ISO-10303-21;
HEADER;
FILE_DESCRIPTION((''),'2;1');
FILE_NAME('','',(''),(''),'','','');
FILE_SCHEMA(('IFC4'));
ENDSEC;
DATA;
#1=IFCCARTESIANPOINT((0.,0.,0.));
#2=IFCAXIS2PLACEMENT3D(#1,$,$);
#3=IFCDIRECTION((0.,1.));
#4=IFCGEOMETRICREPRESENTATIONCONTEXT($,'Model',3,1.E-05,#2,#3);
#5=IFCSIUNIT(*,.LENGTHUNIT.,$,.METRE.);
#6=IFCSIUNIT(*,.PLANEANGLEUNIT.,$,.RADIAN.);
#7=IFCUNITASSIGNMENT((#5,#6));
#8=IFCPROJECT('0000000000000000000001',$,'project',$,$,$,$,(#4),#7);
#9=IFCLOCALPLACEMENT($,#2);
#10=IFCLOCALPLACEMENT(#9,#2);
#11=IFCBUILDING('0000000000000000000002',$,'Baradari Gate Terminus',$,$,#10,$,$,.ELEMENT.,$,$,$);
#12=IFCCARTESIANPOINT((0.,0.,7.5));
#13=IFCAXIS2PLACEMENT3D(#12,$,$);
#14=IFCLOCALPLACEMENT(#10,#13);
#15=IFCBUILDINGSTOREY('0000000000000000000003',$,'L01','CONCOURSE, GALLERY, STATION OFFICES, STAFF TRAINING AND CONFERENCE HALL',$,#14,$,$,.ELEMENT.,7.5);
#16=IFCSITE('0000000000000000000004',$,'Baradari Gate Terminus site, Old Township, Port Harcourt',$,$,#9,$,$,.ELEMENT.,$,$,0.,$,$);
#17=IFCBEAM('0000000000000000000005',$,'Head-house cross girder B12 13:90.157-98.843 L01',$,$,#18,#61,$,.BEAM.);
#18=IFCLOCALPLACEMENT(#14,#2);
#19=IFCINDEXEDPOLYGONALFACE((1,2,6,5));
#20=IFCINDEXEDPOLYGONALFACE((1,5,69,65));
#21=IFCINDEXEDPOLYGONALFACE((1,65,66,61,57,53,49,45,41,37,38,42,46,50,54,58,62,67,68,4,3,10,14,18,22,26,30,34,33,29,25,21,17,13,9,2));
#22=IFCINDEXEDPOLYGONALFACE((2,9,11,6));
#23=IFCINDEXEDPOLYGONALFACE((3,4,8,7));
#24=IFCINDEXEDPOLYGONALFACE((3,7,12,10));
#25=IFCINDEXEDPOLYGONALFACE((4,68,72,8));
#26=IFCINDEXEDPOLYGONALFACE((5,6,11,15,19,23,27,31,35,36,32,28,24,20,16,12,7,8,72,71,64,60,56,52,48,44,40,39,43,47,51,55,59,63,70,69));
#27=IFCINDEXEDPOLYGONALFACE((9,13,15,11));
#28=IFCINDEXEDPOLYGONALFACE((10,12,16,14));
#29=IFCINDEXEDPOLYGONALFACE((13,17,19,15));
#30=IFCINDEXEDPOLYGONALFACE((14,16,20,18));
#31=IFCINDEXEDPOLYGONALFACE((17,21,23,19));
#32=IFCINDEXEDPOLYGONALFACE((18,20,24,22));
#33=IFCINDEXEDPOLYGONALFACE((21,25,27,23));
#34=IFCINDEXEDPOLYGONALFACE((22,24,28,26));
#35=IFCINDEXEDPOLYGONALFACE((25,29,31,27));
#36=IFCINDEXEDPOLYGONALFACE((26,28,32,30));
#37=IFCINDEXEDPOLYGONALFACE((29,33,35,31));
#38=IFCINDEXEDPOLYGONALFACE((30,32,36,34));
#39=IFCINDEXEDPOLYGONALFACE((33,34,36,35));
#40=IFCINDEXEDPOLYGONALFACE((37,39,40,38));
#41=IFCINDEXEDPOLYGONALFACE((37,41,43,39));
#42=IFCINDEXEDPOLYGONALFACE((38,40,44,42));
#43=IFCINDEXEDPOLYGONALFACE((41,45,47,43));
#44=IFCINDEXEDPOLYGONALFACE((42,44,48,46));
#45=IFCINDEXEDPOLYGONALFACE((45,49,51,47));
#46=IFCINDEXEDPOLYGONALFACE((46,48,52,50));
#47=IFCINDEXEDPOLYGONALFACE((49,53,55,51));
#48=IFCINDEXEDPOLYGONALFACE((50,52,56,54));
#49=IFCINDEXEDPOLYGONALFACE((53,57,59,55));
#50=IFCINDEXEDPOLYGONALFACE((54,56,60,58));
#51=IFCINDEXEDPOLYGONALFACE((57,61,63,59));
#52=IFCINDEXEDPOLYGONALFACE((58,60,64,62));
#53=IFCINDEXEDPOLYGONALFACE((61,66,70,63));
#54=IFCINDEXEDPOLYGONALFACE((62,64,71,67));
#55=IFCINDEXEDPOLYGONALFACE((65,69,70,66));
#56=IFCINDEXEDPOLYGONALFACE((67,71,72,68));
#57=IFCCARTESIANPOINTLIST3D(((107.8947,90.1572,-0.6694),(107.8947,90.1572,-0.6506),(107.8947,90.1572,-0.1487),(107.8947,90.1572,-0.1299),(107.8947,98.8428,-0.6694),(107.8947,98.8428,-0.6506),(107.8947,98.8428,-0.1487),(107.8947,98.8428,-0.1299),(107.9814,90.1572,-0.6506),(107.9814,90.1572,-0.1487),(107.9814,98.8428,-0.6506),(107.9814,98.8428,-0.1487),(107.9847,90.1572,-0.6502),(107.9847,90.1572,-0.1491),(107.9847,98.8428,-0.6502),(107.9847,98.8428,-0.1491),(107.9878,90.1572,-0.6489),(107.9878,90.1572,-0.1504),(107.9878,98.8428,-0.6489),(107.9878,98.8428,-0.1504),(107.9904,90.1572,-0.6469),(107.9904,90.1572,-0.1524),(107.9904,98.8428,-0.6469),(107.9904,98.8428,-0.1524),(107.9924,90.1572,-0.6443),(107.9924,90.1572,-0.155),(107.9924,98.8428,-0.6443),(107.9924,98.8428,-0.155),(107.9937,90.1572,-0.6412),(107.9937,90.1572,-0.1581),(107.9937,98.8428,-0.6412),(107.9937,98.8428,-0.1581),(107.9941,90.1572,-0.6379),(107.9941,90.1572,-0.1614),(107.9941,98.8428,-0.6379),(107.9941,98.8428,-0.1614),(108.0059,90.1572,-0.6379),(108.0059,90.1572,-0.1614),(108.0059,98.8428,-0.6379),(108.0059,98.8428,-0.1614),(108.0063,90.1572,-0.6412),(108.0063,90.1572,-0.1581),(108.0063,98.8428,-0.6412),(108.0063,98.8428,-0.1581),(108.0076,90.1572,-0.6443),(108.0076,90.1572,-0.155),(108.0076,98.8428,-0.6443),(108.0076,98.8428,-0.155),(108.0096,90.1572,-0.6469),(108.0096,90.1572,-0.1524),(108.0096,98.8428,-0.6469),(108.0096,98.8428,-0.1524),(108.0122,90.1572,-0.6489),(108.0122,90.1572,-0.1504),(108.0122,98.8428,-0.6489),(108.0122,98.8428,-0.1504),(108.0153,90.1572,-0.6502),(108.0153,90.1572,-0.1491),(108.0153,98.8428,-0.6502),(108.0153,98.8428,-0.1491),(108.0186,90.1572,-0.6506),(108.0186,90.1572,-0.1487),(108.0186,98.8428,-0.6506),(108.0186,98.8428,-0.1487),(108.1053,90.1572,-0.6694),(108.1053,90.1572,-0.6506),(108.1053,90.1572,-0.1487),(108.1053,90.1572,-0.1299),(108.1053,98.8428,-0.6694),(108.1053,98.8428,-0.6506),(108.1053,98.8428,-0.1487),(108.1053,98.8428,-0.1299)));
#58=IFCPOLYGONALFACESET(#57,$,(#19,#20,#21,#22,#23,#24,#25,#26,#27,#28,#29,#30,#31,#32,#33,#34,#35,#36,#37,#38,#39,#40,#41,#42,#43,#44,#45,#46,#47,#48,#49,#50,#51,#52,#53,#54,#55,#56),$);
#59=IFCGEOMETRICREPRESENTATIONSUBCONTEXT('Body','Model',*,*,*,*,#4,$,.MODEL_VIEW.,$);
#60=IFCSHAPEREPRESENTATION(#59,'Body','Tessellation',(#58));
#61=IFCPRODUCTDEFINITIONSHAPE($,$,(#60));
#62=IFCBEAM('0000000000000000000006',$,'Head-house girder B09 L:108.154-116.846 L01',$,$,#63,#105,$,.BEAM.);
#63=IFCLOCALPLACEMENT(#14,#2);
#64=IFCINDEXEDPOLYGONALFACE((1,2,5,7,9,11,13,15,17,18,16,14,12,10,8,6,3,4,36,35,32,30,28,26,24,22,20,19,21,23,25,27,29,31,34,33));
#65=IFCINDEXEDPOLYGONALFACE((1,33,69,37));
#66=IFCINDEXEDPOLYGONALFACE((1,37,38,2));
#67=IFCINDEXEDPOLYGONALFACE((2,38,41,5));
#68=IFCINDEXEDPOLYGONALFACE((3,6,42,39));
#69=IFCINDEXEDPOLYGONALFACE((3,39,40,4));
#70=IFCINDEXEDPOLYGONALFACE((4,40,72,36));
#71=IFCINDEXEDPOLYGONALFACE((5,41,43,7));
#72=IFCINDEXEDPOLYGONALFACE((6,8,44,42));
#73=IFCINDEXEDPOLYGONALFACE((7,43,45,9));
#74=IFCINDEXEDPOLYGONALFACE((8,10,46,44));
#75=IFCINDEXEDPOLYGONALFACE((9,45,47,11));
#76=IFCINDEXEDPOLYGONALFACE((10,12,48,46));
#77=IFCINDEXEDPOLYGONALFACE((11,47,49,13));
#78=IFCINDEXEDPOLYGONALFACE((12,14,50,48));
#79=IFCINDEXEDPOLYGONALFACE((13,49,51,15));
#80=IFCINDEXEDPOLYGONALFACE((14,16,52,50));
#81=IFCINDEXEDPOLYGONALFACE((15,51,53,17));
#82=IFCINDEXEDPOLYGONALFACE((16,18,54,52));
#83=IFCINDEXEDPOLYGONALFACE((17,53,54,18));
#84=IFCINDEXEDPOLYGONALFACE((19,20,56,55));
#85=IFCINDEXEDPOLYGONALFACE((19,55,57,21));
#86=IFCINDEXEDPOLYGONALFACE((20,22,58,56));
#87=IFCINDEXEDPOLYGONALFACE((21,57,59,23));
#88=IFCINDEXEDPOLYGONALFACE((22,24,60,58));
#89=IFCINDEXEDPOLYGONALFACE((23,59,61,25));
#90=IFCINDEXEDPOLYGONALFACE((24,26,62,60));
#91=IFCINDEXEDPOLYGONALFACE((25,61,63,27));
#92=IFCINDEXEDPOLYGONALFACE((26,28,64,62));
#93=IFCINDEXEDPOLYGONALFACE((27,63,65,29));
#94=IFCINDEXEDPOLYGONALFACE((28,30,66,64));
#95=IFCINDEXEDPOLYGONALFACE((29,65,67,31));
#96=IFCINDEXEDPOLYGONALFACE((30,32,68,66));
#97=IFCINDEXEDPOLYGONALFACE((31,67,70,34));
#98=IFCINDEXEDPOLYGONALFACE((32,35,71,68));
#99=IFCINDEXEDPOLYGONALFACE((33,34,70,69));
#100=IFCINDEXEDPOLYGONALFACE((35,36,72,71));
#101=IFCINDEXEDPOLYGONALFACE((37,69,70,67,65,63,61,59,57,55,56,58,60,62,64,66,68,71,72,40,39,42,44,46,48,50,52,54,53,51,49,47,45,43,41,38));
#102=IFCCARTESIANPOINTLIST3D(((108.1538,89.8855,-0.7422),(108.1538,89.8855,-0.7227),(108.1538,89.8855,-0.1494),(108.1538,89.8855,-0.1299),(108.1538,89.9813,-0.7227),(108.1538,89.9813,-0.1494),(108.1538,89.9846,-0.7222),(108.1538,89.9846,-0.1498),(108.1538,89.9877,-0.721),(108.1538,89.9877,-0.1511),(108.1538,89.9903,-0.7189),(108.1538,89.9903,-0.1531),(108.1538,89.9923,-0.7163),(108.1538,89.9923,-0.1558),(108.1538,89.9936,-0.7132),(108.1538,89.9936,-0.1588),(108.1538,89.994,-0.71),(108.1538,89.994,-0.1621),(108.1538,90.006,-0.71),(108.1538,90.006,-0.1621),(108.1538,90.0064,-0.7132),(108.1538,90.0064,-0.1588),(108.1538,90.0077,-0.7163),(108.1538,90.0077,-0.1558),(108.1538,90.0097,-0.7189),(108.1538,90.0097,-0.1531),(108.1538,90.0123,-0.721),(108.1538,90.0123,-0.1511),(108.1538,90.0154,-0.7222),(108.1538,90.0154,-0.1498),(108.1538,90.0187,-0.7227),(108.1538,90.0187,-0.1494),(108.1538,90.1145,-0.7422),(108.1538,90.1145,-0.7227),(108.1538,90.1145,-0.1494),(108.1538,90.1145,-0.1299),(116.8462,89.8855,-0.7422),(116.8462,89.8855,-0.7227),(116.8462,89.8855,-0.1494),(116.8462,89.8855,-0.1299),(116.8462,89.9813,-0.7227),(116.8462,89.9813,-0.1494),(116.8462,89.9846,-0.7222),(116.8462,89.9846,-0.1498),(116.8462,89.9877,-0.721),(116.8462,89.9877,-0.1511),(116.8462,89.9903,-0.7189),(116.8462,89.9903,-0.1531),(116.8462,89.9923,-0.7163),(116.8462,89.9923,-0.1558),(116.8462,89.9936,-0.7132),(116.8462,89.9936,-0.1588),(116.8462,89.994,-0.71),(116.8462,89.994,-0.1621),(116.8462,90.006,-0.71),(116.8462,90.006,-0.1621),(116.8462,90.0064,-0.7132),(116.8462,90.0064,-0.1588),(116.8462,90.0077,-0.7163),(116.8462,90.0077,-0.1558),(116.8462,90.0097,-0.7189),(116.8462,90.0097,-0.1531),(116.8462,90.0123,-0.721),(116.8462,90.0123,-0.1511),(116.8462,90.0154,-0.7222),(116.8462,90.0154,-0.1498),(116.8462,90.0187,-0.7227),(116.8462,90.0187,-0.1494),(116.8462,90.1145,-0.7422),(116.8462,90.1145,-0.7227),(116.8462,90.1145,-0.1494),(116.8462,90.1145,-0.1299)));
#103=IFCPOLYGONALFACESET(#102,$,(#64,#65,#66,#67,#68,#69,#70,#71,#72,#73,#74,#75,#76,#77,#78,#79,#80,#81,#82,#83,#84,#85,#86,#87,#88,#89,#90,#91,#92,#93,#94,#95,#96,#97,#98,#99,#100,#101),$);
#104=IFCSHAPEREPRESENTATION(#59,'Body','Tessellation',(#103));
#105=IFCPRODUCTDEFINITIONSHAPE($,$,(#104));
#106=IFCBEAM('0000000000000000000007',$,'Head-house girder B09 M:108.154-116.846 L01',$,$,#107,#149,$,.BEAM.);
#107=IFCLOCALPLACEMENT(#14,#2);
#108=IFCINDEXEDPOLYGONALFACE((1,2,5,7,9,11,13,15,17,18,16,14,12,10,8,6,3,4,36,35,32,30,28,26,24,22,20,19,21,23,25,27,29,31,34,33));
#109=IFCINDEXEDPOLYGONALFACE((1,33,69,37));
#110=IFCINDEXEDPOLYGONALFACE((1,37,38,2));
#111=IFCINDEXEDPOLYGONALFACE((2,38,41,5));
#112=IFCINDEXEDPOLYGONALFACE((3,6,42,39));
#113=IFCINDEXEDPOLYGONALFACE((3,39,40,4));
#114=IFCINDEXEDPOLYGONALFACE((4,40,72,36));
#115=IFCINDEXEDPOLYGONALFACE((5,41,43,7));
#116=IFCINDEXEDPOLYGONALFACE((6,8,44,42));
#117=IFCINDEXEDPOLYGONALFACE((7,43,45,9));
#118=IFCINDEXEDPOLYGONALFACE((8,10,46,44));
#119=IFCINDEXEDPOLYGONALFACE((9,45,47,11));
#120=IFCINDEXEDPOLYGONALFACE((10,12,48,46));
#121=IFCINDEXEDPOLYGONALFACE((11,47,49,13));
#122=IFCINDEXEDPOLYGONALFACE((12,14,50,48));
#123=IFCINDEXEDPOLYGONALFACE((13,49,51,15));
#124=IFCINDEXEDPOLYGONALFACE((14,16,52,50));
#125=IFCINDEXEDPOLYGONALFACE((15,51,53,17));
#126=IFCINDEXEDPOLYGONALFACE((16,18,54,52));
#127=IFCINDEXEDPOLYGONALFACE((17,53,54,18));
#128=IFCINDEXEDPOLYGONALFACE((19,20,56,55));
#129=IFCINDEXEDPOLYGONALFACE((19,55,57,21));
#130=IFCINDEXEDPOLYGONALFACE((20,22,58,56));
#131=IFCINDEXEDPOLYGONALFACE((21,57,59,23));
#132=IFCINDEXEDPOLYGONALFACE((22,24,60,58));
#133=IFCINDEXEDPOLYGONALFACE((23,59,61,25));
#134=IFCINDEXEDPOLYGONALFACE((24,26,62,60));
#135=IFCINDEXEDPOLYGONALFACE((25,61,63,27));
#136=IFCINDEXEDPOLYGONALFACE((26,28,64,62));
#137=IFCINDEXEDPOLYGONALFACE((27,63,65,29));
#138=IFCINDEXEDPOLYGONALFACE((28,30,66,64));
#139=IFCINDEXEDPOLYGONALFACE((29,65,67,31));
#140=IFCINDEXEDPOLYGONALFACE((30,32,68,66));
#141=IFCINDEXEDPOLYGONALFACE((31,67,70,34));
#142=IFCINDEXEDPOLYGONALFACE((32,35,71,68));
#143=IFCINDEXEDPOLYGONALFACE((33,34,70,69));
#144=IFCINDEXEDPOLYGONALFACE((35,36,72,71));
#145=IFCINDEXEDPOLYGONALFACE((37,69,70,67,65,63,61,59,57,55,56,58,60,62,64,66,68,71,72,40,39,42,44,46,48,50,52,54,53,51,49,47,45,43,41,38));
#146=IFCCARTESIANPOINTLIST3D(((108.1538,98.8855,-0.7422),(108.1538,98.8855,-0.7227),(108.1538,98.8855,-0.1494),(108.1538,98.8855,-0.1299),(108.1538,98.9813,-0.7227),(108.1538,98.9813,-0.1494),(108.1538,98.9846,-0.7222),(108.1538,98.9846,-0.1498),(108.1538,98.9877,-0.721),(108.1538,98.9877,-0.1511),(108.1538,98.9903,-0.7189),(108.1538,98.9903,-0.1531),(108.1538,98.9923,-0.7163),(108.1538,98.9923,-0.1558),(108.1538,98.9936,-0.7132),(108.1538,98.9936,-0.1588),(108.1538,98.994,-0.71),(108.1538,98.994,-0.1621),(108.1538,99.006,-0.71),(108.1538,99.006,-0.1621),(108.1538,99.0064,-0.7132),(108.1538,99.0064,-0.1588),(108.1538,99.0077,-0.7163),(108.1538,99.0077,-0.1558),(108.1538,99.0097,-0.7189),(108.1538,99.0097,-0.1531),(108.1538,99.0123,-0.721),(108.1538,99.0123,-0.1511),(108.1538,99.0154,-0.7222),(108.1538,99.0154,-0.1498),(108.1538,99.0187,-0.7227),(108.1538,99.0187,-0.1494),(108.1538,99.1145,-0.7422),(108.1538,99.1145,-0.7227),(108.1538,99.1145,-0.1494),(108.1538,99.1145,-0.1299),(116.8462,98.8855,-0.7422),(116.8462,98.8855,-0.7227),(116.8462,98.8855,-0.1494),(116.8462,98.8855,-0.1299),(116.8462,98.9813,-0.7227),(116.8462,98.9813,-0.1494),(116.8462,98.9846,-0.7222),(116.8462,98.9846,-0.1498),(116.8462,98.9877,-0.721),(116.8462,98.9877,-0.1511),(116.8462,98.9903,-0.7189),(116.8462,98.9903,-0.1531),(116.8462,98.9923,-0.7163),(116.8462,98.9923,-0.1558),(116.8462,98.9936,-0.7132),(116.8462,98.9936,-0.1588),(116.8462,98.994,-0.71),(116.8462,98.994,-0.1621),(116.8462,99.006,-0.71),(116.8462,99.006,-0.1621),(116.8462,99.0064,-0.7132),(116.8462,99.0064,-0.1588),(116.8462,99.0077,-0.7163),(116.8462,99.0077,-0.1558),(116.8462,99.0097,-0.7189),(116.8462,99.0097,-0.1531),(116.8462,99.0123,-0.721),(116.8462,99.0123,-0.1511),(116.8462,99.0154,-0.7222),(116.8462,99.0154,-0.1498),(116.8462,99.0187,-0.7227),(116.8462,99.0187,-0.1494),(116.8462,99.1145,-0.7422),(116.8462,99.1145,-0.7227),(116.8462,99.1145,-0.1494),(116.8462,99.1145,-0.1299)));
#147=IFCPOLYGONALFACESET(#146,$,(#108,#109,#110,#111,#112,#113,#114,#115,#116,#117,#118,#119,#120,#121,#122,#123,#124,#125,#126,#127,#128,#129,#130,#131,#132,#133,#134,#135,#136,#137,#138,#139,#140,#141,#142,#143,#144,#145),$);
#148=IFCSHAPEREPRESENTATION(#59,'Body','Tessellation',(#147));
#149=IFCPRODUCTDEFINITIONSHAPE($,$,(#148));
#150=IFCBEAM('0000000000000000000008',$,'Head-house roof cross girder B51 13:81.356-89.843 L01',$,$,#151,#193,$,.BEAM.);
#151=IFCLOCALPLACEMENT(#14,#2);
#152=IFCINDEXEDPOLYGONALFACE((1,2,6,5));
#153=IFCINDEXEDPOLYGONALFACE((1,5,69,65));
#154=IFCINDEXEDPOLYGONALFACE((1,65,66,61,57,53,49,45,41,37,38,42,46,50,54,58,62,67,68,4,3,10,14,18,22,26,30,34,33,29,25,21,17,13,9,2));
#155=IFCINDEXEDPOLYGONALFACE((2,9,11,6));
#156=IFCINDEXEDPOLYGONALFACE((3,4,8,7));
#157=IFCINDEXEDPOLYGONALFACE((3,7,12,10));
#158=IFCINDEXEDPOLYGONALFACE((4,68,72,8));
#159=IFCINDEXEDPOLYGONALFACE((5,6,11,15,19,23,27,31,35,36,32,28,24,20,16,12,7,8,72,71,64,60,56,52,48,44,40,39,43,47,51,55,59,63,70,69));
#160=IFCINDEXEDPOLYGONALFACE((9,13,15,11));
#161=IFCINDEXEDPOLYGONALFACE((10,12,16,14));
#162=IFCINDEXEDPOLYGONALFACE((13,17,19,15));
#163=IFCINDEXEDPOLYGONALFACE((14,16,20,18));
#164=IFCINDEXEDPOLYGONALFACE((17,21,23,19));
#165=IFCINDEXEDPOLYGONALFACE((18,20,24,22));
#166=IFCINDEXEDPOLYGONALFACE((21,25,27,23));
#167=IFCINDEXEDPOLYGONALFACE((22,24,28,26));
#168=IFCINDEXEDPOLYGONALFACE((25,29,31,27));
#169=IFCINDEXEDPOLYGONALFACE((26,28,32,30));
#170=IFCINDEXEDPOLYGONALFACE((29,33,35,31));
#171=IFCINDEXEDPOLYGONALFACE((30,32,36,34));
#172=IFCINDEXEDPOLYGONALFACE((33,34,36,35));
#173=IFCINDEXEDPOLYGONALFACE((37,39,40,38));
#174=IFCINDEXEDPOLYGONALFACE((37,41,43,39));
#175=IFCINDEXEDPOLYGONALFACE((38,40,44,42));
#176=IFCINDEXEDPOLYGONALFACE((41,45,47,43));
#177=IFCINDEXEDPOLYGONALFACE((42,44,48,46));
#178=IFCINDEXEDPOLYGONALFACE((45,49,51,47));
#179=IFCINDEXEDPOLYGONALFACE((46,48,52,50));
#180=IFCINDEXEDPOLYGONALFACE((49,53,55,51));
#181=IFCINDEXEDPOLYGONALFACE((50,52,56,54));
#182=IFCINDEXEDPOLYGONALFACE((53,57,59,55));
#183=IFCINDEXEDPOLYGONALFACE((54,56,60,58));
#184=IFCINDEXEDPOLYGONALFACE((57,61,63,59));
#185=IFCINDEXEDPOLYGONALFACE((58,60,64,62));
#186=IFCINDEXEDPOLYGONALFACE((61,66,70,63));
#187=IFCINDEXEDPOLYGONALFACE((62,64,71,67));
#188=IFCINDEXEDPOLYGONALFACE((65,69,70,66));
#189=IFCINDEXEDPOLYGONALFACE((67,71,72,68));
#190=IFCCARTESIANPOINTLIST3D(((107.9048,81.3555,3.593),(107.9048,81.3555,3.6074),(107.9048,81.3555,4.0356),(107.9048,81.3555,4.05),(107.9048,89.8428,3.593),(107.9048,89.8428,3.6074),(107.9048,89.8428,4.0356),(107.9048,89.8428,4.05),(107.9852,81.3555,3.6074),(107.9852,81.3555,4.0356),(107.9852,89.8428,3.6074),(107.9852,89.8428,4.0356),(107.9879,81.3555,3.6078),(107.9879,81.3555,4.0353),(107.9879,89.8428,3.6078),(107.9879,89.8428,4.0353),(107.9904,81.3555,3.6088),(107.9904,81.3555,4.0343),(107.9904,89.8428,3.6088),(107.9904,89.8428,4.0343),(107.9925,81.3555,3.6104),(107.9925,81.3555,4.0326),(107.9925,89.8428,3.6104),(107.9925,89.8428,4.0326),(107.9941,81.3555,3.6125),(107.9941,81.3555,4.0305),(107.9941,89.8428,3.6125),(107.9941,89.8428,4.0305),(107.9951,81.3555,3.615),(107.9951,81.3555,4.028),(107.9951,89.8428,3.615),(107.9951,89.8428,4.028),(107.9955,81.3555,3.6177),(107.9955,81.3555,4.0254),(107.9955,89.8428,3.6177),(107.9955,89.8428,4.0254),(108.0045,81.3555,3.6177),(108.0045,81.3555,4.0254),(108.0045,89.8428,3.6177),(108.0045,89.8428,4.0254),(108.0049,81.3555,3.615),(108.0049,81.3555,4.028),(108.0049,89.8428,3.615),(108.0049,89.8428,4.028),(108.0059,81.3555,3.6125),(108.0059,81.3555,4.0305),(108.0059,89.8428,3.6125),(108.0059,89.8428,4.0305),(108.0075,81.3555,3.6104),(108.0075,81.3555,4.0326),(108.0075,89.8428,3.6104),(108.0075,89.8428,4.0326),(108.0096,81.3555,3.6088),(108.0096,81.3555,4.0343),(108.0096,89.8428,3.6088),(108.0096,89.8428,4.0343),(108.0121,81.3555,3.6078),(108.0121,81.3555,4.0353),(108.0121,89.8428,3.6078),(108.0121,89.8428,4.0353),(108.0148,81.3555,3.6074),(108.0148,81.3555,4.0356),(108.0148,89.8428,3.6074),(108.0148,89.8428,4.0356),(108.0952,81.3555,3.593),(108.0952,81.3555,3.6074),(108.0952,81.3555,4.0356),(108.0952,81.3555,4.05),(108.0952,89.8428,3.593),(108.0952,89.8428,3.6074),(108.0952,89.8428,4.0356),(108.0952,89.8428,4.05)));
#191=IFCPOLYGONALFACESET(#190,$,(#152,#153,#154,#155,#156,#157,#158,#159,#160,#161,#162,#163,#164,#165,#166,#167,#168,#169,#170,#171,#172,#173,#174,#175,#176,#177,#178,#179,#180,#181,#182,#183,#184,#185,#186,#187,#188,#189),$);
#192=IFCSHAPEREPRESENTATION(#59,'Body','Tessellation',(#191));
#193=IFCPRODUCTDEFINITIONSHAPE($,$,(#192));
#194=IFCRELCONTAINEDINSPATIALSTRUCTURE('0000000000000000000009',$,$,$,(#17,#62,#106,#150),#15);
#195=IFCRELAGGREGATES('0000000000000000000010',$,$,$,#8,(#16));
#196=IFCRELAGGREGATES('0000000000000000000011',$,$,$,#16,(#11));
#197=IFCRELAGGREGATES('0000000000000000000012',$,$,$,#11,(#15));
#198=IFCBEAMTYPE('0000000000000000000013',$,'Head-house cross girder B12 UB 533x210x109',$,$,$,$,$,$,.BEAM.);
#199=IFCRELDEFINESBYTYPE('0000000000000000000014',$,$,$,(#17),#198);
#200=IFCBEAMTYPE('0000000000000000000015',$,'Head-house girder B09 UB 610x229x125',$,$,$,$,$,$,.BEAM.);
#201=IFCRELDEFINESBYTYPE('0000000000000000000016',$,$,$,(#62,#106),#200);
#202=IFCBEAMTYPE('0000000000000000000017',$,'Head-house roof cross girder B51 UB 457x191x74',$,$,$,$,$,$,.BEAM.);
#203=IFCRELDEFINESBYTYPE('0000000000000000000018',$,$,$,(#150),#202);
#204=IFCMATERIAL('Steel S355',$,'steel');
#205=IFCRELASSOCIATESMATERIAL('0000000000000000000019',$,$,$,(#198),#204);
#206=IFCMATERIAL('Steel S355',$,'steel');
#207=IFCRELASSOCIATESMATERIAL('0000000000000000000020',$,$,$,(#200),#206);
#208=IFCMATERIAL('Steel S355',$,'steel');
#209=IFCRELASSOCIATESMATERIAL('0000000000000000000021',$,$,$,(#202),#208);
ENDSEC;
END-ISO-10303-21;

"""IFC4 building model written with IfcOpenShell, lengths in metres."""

from ifc_helpers import new_model, si_unit, direction, frame, origin, origin_2d, place, context, subcontext, project, spatial, i_section, extrude, material, material_profile, profile_set, type_object, element, save


model = new_model("IFC4")

# Units and contexts
model_context = context("Model", 3, precision=1e-05, world=origin(), true_north=direction((0.0, 1.0)))
body_context = subcontext(model_context, "Body", "Model", "MODEL_VIEW")
ifc_project = project(units=[si_unit("LENGTHUNIT", "METRE"), si_unit("PLANEANGLEUNIT", "RADIAN")], contexts=[model_context])

# Site, building, storey
site_placement = place(None, origin())
site = spatial("IfcSite", under=ifc_project, at=site_placement, Name="Baradari Gate Terminus site, Old Township, Port Harcourt", CompositionType="ELEMENT", RefElevation=0.0)
building_placement = place(site_placement, origin())
building = spatial("IfcBuilding", under=site, at=building_placement, Name="Baradari Gate Terminus", CompositionType="ELEMENT")
storey_placement = place(building_placement, frame((0.0, 0.0, 7.5)))
storey = spatial("IfcBuildingStorey", under=building, at=storey_placement, Name="L01", Description="CONCOURSE, GALLERY, STATION OFFICES, STAFF TRAINING AND CONFERENCE HALL", CompositionType="ELEMENT", Elevation=7.5)

# Beams
ifc_material_1 = material(Name="Steel S355", Category="steel")
ifc_material_profile_1 = material_profile(ifc_material_1, i_section(OverallWidth=0.2107, OverallDepth=0.5396, WebThickness=0.0117, FlangeThickness=0.0188, FilletRadius=0.0127, at=origin_2d()), Name="UB 533x210x109")
ifc_profile_set_1 = profile_set([ifc_material_profile_1], Name="Steel S355")
beam_type_1 = type_object("IfcBeamType", Name="Head-house cross girder B12 UB 533x210x109", PredefinedType="BEAM", material=ifc_profile_set_1)
beam_1_placement = place(storey_placement, frame((108.0, 90.1572, -0.3997), z_axis=(0.0, 1.0, 0.0), x_axis=(-1.0, 0.0, 0.0)))
element("IfcBeam", 1, at=beam_1_placement, inside=storey, type_object=beam_type_1, Name="Head-house cross girder B12 13:90.157-98.843 L01", PredefinedType="BEAM", context=body_context, shape_type="SweptSolid", body=[
    extrude(i_section(OverallWidth=0.2107, OverallDepth=0.5396, WebThickness=0.0117, FlangeThickness=0.0188, FilletRadius=0.0127, at=origin_2d()), origin(), (0.0, 0.0, 1.0), 8.6855),
])
ifc_material_2 = material(Name="Steel S355", Category="steel")
ifc_material_profile_2 = material_profile(ifc_material_2, i_section(OverallWidth=0.229, OverallDepth=0.6123, WebThickness=0.012, FlangeThickness=0.0195, FilletRadius=0.0127, at=origin_2d()), Name="UB 610x229x125")
ifc_profile_set_2 = profile_set([ifc_material_profile_2], Name="Steel S355")
beam_type_2 = type_object("IfcBeamType", Name="Head-house girder B09 UB 610x229x125", PredefinedType="BEAM", material=ifc_profile_set_2)
for number, where, z_axis, x_axis, name in (
    (2, (108.1538, 90.0, -0.436), (1.0, 0.0, 0.0), (0.0, 1.0, 0.0), "Head-house girder B09 L:108.154-116.846 L01"),
    (3, (108.1538, 99.0, -0.436), (1.0, 0.0, 0.0), (0.0, 1.0, 0.0), "Head-house girder B09 M:108.154-116.846 L01"),
):
    element("IfcBeam", number, at=place(storey_placement, frame(where, z_axis=z_axis, x_axis=x_axis)), inside=storey, type_object=beam_type_2, Name=name, PredefinedType="BEAM", context=body_context, shape_type="SweptSolid", body=[
        extrude(i_section(OverallWidth=0.229, OverallDepth=0.6123, WebThickness=0.012, FlangeThickness=0.0195, FilletRadius=0.0127, at=origin_2d()), origin(), (0.0, 0.0, 1.0), 8.6924),
    ])
ifc_material_3 = material(Name="Steel S355", Category="steel")
ifc_material_profile_3 = material_profile(ifc_material_3, i_section(OverallWidth=0.1904, OverallDepth=0.457, WebThickness=0.009, FlangeThickness=0.0144, FilletRadius=0.0103, at=origin_2d()), Name="UB 457x191x74")
ifc_profile_set_3 = profile_set([ifc_material_profile_3], Name="Steel S355")
beam_type_3 = type_object("IfcBeamType", Name="Head-house roof cross girder B51 UB 457x191x74", PredefinedType="BEAM", material=ifc_profile_set_3)
beam_2_placement = place(storey_placement, frame((108.0, 81.3555, 3.8215), z_axis=(0.0, 1.0, 0.0), x_axis=(-1.0, 0.0, 0.0)))
element("IfcBeam", 4, at=beam_2_placement, inside=storey, type_object=beam_type_3, Name="Head-house roof cross girder B51 13:81.356-89.843 L01", PredefinedType="BEAM", context=body_context, shape_type="SweptSolid", body=[
    extrude(i_section(OverallWidth=0.1904, OverallDepth=0.457, WebThickness=0.009, FlangeThickness=0.0144, FilletRadius=0.0103, at=origin_2d()), origin(), (0.0, 0.0, 1.0), 8.4873),
])

save(model, "model.ifc")
